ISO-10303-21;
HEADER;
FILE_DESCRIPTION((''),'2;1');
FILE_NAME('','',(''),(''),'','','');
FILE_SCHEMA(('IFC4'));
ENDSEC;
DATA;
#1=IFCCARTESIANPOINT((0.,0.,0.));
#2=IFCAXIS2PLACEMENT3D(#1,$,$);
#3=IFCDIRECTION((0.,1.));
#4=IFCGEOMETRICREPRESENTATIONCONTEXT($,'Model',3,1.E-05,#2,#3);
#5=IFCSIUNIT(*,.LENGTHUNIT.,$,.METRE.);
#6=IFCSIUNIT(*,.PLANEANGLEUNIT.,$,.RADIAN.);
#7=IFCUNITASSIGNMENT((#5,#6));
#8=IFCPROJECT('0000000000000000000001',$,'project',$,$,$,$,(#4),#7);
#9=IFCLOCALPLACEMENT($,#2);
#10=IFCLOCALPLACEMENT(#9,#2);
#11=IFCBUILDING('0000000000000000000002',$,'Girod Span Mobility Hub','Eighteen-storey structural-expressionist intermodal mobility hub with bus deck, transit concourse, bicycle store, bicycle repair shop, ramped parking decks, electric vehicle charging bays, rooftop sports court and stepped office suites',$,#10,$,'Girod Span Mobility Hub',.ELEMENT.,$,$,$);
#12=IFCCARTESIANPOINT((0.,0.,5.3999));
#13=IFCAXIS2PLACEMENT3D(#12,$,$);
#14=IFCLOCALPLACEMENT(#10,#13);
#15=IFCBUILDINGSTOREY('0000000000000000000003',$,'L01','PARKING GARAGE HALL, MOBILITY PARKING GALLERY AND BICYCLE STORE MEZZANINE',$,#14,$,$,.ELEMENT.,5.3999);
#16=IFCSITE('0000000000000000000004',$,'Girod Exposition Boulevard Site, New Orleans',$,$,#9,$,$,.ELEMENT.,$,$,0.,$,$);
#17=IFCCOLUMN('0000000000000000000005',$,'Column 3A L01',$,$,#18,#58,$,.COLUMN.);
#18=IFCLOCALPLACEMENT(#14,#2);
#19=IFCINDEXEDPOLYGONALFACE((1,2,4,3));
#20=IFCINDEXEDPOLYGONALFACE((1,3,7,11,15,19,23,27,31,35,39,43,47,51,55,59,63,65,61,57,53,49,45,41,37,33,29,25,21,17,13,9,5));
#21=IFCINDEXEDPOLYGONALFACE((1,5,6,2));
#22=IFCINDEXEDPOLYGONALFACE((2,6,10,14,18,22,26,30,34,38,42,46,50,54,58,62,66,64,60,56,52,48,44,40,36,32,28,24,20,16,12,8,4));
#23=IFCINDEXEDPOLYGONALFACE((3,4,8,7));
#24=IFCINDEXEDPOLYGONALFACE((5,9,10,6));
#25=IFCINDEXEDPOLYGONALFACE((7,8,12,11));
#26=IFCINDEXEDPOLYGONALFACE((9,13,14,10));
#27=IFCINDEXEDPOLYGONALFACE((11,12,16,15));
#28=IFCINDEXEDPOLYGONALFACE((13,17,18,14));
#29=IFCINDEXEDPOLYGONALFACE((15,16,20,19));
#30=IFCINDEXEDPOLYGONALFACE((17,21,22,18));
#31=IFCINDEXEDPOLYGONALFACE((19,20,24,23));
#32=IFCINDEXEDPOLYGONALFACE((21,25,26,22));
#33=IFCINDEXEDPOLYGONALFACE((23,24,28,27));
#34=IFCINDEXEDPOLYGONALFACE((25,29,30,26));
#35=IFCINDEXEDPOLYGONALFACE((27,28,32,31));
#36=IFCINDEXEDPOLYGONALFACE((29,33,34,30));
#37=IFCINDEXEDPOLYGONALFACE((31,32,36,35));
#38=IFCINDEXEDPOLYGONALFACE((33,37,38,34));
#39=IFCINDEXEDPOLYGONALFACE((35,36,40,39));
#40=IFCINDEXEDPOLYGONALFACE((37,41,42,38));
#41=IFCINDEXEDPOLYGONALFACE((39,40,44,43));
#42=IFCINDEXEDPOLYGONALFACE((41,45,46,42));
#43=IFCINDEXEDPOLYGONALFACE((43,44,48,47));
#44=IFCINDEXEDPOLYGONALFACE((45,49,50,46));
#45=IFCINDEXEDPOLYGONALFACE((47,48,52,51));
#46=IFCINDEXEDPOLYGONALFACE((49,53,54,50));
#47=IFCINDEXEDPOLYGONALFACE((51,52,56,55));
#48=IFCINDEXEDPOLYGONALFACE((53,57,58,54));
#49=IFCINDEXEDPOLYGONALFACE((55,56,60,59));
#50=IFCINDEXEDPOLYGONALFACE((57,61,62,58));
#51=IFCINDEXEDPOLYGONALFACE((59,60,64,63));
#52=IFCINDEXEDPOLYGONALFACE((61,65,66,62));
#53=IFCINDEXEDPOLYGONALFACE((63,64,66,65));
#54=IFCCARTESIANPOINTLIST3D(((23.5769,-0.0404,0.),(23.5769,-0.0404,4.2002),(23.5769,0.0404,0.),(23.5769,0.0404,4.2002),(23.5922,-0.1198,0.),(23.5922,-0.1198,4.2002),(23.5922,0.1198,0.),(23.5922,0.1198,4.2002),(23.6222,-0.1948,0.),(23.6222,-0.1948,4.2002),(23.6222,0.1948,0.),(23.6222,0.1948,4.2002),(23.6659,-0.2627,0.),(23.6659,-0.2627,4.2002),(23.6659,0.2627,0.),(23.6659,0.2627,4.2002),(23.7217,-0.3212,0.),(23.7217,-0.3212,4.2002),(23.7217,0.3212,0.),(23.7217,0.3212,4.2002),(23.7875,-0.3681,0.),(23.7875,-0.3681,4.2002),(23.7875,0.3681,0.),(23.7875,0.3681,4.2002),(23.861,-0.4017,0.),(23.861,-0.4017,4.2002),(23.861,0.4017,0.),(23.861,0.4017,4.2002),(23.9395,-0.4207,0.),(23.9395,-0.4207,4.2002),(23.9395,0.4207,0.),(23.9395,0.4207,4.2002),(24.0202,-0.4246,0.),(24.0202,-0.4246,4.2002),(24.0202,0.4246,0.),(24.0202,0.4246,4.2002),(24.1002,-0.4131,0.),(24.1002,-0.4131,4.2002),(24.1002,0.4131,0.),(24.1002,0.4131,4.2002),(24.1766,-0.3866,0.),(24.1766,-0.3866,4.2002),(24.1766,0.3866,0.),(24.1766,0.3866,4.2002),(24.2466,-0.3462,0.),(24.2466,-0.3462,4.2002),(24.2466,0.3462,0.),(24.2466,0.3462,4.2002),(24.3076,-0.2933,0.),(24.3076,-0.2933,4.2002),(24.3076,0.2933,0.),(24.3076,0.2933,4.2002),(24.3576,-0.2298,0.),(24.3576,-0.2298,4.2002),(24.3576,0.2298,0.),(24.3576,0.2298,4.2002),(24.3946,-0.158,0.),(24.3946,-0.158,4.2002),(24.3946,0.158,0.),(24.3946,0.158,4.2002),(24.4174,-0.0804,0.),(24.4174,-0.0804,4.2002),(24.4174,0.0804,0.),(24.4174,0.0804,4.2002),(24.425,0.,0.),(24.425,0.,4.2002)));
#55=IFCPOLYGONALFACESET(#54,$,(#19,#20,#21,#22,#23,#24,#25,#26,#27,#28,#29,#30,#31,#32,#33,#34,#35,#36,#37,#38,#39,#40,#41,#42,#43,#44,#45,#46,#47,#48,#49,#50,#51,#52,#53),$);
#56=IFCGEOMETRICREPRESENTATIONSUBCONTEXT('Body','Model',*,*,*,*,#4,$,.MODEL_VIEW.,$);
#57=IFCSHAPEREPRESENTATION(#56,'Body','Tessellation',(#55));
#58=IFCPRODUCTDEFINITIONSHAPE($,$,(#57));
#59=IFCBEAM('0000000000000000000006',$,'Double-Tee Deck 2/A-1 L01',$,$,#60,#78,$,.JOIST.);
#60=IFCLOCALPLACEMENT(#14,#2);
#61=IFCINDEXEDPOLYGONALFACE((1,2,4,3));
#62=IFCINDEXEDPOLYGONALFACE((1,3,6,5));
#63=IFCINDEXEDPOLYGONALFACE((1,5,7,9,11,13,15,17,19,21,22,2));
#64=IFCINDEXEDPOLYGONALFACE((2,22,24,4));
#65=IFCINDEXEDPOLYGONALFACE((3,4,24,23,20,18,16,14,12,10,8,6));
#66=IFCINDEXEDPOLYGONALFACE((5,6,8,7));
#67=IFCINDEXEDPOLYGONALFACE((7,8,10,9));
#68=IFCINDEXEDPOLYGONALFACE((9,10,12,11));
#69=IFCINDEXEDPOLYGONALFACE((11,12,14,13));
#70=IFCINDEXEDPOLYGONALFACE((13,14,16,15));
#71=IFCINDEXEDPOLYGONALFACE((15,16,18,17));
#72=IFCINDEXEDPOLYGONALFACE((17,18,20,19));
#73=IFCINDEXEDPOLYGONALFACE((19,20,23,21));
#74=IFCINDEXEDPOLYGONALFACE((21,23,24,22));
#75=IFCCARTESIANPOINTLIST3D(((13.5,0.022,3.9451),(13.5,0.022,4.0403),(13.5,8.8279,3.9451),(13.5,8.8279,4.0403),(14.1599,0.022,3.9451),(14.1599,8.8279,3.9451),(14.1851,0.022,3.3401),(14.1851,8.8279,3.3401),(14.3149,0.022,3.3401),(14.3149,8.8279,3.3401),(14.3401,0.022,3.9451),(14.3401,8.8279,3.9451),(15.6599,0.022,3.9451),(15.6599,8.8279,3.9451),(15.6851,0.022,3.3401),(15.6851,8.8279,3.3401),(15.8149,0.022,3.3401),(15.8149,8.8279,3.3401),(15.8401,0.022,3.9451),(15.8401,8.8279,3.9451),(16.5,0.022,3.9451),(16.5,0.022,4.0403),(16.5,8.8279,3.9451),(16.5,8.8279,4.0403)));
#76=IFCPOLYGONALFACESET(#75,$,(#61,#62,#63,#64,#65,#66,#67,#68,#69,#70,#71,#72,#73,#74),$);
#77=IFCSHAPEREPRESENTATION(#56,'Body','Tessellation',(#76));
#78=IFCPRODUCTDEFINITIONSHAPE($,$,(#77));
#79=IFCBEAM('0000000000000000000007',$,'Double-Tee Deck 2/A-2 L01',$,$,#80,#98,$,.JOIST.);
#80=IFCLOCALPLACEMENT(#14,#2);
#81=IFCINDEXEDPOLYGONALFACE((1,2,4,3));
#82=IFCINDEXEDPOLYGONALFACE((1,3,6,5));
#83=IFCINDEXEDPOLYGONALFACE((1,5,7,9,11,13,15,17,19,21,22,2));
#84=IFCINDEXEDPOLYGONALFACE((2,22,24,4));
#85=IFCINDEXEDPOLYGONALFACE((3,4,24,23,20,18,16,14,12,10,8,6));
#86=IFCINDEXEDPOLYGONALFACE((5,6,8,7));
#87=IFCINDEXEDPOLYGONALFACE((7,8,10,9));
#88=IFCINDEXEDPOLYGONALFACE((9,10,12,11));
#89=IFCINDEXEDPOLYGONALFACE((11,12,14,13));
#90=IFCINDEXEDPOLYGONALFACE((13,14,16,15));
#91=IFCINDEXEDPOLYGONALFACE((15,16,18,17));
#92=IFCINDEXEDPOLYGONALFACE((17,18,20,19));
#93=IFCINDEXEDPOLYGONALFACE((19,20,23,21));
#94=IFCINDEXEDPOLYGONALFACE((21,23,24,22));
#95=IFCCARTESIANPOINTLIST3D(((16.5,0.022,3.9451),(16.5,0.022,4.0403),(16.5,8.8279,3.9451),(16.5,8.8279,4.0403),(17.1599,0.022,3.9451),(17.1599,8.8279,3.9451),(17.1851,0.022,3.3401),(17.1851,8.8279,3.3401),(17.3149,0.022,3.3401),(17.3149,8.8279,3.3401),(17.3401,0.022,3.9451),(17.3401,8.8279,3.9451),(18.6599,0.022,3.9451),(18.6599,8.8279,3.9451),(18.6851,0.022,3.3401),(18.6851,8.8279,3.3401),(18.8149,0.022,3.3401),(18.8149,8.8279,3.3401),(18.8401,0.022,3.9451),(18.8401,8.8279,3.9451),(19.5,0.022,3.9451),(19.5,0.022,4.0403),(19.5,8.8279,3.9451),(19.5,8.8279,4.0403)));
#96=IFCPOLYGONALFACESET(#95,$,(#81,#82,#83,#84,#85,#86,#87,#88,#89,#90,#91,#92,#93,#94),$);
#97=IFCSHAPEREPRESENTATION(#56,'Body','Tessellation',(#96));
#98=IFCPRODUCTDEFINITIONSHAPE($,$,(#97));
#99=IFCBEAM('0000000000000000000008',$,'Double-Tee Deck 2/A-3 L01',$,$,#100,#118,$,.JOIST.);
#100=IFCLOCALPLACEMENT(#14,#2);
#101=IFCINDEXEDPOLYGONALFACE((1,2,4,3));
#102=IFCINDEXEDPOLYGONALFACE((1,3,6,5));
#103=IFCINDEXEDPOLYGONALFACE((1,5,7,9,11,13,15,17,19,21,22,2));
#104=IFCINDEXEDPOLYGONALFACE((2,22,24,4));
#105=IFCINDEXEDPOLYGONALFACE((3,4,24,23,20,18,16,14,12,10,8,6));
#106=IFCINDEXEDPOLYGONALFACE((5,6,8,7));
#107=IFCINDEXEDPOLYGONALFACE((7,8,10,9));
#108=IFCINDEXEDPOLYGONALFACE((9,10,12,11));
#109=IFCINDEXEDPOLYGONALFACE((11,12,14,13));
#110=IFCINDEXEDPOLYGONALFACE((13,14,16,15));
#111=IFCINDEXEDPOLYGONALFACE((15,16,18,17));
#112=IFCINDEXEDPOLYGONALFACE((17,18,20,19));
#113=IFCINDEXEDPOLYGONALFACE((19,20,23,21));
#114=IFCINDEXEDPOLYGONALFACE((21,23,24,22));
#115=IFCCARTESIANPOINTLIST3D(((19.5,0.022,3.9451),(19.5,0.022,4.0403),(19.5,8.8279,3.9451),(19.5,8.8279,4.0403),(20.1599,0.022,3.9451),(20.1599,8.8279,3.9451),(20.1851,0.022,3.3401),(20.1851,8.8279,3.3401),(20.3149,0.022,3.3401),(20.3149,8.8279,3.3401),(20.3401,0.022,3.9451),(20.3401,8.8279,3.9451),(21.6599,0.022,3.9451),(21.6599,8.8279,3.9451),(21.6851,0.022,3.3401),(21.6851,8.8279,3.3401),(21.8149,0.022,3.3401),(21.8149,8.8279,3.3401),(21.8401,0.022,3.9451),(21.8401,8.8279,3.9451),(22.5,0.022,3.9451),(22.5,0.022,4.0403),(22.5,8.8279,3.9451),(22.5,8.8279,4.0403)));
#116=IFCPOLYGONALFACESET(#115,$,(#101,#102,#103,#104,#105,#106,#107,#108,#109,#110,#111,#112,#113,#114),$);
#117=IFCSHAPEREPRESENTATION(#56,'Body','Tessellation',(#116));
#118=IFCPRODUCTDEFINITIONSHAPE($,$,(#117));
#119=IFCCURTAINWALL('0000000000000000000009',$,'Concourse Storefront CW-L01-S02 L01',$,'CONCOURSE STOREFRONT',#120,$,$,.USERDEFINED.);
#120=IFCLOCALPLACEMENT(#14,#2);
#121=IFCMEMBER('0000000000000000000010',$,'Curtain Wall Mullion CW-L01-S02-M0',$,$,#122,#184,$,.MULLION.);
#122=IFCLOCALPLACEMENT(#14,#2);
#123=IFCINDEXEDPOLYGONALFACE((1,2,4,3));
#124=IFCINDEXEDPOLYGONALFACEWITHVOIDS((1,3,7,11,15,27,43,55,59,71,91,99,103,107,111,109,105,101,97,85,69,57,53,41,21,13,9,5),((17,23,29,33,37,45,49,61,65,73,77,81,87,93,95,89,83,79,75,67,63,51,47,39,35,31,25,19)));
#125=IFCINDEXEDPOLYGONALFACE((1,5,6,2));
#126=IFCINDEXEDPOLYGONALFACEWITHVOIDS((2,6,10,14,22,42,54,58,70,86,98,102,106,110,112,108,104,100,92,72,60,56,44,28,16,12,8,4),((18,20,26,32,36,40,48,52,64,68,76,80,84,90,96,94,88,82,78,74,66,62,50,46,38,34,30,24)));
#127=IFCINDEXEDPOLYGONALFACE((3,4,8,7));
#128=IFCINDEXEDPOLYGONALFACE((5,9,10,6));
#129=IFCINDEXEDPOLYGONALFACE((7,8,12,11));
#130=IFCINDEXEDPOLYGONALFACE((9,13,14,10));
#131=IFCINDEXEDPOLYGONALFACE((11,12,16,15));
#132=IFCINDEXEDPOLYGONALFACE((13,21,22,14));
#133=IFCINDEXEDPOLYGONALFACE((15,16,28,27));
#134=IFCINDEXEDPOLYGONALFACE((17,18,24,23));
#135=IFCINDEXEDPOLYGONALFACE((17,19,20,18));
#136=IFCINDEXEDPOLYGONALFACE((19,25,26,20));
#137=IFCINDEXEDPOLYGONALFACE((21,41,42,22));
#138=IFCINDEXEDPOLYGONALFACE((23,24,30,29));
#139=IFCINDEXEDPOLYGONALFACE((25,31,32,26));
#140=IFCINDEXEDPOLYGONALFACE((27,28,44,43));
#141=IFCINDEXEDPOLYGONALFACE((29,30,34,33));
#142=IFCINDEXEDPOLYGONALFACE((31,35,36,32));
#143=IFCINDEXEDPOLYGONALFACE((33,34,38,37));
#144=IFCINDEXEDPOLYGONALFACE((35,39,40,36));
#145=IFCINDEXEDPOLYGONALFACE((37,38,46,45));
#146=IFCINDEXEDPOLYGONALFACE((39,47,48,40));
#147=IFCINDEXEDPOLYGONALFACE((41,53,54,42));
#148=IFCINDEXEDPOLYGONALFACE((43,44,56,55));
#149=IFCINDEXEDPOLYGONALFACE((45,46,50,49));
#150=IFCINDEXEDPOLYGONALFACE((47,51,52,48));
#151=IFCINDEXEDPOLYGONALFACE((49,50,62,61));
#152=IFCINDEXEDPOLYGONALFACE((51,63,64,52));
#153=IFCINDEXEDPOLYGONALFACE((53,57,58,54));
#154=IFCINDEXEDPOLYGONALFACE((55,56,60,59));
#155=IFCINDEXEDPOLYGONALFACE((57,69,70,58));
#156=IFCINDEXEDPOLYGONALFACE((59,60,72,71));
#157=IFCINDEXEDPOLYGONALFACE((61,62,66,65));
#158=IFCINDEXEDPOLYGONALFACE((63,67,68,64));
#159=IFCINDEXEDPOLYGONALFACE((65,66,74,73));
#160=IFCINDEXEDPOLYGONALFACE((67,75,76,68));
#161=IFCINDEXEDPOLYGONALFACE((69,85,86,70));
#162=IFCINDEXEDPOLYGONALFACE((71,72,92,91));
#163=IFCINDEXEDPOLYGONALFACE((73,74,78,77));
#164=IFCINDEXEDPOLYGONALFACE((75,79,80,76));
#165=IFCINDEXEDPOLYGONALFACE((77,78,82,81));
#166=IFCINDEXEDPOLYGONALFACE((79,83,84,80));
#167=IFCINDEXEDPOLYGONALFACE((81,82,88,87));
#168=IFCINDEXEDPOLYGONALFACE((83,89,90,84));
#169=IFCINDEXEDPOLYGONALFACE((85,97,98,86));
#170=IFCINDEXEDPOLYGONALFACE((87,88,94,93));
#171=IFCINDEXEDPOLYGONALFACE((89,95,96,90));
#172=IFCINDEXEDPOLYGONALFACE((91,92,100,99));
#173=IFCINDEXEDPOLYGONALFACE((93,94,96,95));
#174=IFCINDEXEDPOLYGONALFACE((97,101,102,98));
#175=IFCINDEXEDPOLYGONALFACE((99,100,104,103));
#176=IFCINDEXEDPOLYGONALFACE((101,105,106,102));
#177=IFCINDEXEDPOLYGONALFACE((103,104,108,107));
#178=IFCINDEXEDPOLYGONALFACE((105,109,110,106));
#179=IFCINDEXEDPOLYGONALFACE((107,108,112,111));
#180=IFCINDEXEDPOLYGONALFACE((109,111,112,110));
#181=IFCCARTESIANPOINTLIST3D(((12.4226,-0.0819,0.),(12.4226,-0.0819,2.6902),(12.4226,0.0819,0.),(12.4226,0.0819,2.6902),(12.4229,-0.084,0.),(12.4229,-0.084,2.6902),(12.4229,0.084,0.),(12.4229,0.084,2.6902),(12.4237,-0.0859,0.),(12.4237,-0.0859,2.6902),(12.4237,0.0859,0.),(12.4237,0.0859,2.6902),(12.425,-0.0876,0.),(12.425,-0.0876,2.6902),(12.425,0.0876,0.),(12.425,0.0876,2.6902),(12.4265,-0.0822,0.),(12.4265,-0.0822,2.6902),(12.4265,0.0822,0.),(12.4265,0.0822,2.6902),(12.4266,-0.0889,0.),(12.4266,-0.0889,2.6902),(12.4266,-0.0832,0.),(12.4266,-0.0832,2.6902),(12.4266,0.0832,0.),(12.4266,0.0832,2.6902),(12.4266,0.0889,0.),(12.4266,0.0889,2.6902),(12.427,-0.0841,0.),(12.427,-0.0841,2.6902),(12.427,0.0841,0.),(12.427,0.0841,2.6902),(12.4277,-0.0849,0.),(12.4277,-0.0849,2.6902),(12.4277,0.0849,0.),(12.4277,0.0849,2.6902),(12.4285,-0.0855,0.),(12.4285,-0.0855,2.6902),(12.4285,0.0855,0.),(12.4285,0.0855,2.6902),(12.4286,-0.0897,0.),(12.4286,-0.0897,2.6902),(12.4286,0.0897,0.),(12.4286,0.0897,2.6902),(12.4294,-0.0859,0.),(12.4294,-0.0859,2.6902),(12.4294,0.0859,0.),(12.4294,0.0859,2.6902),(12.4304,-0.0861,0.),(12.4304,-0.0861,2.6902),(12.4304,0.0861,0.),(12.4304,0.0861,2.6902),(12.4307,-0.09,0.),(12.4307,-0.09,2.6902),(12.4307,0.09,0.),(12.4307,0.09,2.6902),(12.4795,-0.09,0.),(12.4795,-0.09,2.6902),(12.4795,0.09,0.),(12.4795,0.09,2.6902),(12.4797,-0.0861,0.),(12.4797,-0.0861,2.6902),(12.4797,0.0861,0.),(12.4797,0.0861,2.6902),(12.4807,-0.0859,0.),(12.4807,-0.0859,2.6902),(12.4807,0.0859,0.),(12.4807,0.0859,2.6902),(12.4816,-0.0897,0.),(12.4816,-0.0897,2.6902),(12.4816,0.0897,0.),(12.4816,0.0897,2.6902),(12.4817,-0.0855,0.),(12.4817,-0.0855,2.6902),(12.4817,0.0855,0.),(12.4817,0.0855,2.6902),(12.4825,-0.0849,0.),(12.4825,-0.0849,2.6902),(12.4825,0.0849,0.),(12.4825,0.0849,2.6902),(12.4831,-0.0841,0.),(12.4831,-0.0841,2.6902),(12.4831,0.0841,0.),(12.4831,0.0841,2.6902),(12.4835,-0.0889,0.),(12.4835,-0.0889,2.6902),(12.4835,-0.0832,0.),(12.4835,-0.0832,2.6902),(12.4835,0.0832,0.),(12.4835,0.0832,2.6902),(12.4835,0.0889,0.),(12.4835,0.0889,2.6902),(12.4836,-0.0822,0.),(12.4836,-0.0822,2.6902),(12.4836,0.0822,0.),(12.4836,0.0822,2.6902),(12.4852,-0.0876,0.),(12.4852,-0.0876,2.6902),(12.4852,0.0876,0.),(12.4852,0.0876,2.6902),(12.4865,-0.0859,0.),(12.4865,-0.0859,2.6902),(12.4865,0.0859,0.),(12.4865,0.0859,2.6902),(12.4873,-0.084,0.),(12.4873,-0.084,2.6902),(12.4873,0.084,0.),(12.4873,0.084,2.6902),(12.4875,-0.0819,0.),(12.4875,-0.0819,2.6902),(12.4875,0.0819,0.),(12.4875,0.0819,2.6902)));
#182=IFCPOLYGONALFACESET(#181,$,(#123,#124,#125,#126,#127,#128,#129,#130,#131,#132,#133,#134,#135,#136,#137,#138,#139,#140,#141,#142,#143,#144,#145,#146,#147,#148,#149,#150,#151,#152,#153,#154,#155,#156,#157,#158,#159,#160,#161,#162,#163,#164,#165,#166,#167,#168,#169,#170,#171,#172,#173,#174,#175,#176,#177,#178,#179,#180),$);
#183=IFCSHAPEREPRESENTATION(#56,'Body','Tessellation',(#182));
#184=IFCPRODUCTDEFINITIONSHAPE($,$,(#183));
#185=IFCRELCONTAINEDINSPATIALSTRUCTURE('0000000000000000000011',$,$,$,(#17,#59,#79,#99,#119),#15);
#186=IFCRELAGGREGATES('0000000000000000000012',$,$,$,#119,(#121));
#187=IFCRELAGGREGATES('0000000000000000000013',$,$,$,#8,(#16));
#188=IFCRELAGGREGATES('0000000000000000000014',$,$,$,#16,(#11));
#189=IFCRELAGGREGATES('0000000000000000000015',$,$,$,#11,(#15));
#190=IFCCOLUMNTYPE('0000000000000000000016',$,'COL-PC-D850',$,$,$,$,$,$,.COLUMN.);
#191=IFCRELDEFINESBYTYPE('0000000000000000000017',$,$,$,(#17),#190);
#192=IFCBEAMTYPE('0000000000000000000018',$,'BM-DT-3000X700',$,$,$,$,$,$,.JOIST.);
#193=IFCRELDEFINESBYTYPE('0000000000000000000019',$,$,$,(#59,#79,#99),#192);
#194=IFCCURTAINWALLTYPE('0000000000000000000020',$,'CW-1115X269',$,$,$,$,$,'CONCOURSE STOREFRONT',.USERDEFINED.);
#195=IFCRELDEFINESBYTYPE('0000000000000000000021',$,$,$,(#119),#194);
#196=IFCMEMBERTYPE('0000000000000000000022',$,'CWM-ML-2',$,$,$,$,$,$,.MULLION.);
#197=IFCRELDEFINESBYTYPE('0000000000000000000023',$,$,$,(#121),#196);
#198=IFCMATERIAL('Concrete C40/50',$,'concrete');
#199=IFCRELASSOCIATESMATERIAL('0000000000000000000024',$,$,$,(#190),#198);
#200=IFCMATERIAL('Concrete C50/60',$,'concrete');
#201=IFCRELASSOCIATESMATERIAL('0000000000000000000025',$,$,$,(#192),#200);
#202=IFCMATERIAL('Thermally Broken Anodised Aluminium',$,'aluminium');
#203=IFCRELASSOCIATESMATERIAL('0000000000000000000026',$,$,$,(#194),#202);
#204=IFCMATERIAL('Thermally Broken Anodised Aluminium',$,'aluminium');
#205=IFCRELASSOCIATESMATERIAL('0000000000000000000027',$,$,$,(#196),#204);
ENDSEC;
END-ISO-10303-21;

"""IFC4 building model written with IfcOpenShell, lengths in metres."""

from ifc_helpers import new_model, si_unit, direction, frame, origin, origin_2d, place, context, subcontext, project, spatial, polyline, hollow_rectangle, circle, outline, extrude, material, material_profile, profile_set, type_object, element, aggregate, save


model = new_model("IFC4")

# Units and contexts
model_context = context("Model", 3, precision=1e-05, world=origin(), true_north=direction((0.0, 1.0)))
body_context = subcontext(model_context, "Body", "Model", "MODEL_VIEW")
ifc_project = project(units=[si_unit("LENGTHUNIT", "METRE"), si_unit("PLANEANGLEUNIT", "RADIAN")], contexts=[model_context])

# Site, building, storey
site_placement = place(None, origin())
site = spatial("IfcSite", under=ifc_project, at=site_placement, Name="Girod Exposition Boulevard Site, New Orleans", CompositionType="ELEMENT", RefElevation=0.0)
building_placement = place(site_placement, origin())
building = spatial("IfcBuilding", under=site, at=building_placement, Name="Girod Span Mobility Hub", Description="Eighteen-storey structural-expressionist intermodal mobility hub with bus deck, transit concourse, bicycle store, bicycle repair shop, ramped parking decks, electric vehicle charging bays, rooftop sports court and stepped office suites", LongName="Girod Span Mobility Hub", CompositionType="ELEMENT")
storey_placement = place(building_placement, frame((0.0, 0.0, 5.3999)))
storey = spatial("IfcBuildingStorey", under=building, at=storey_placement, Name="L01", Description="PARKING GARAGE HALL, MOBILITY PARKING GALLERY AND BICYCLE STORE MEZZANINE", CompositionType="ELEMENT", Elevation=5.3999)

# Column
ifc_material_1 = material(Name="Concrete C40/50", Category="concrete")
ifc_material_profile_1 = material_profile(ifc_material_1, circle(Radius=0.425, at=origin_2d()), Name="PC-CIR-D850")
ifc_profile_set_1 = profile_set([ifc_material_profile_1], Name="Concrete C40/50")
column_type = type_object("IfcColumnType", Name="COL-PC-D850", PredefinedType="COLUMN", material=ifc_profile_set_1)
column_placement = place(storey_placement, frame((24.0, 0.0, 0.0), z_axis=(0.0, 0.0, 1.0), x_axis=(1.0, 0.0, 0.0)))
element("IfcColumn", 1, at=column_placement, inside=storey, type_object=column_type, Name="Column 3A L01", PredefinedType="COLUMN", context=body_context, shape_type="SweptSolid", body=[
    extrude(circle(Radius=0.425, at=origin_2d()), origin(), (0.0, 0.0, 1.0), 4.2002),
])

# Beams
ifc_material_2 = material(Name="Concrete C50/60", Category="concrete")
ifc_material_profile_2 = material_profile(ifc_material_2, outline(polyline([(-1.5, 0.3501), (-1.5, 0.2549), (-0.8401, 0.2549), (-0.8149, -0.3501), (-0.6851, -0.3501), (-0.6599, 0.2549), (0.6599, 0.2549), (0.6851, -0.3501), (0.8149, -0.3501), (0.8401, 0.2549), (1.5, 0.2549), (1.5, 0.3501), (-1.5, 0.3501)])), Name="DT-3000X700")
ifc_profile_set_2 = profile_set([ifc_material_profile_2], Name="Concrete C50/60")
beam_type = type_object("IfcBeamType", Name="BM-DT-3000X700", PredefinedType="JOIST", material=ifc_profile_set_2)
for number, where, z_axis, x_axis, name in (
    (2, (15.0, 0.022, 3.6902), (0.0, 1.0, 0.0), (-1.0, 0.0, 0.0), "Double-Tee Deck 2/A-1 L01"),
    (3, (18.0, 0.022, 3.6902), (0.0, 1.0, 0.0), (-1.0, 0.0, 0.0), "Double-Tee Deck 2/A-2 L01"),
    (4, (21.0, 0.022, 3.6902), (0.0, 1.0, 0.0), (-1.0, 0.0, 0.0), "Double-Tee Deck 2/A-3 L01"),
):
    element("IfcBeam", number, at=place(storey_placement, frame(where, z_axis=z_axis, x_axis=x_axis)), inside=storey, type_object=beam_type, Name=name, PredefinedType="JOIST", context=body_context, shape_type="SweptSolid", body=[
        extrude(outline(polyline([(-1.5, 0.3501), (-1.5, 0.2549), (-0.8401, 0.2549), (-0.8149, -0.3501), (-0.6851, -0.3501), (-0.6599, 0.2549), (0.6599, 0.2549), (0.6851, -0.3501), (0.8149, -0.3501), (0.8401, 0.2549), (1.5, 0.2549), (1.5, 0.3501), (-1.5, 0.3501)])), origin(), (0.0, 0.0, 1.0), 8.8059),
    ])

# Curtain wall, member
ifc_material_3 = material(Name="Thermally Broken Anodised Aluminium", Category="aluminium")
curtain_wall_type = type_object("IfcCurtainWallType", Name="CW-1115X269", ElementType="CONCOURSE STOREFRONT", PredefinedType="USERDEFINED", material=ifc_material_3)
curtain_wall_placement = place(storey_placement, origin())
curtain_wall = element("IfcCurtainWall", 5, at=curtain_wall_placement, inside=storey, type_object=curtain_wall_type, Name="Concourse Storefront CW-L01-S02 L01", ObjectType="CONCOURSE STOREFRONT", PredefinedType="USERDEFINED")
ifc_material_4 = material(Name="Thermally Broken Anodised Aluminium", Category="aluminium")
ifc_material_profile_3 = material_profile(ifc_material_4, hollow_rectangle(XDim=0.1799, YDim=0.0649, WallThickness=0.0039, InnerFilletRadius=0.0039, OuterFilletRadius=0.0081, at=origin_2d()), Name="CW-ML-65X180")
ifc_profile_set_3 = profile_set([ifc_material_profile_3], Name="Thermally Broken Anodised Aluminium")
member_type_1 = type_object("IfcMemberType", Name="CWM-ML-2", PredefinedType="MULLION", material=ifc_profile_set_3)
member_1_placement = place(storey_placement, frame((12.4551, 0.0, 0.0), z_axis=(0.0, 0.0, 1.0), x_axis=(0.0, 1.0, 0.0)))
member_1 = element("IfcMember", 6, at=member_1_placement, type_object=member_type_1, Name="Curtain Wall Mullion CW-L01-S02-M0", PredefinedType="MULLION", context=body_context, shape_type="SweptSolid", body=[
    extrude(hollow_rectangle(XDim=0.1799, YDim=0.0649, WallThickness=0.0039, InnerFilletRadius=0.0039, OuterFilletRadius=0.0081, at=origin_2d()), origin(), (0.0, 0.0, 1.0), 2.6902),
])
aggregate(curtain_wall, [member_1])

save(model, "model.ifc")
